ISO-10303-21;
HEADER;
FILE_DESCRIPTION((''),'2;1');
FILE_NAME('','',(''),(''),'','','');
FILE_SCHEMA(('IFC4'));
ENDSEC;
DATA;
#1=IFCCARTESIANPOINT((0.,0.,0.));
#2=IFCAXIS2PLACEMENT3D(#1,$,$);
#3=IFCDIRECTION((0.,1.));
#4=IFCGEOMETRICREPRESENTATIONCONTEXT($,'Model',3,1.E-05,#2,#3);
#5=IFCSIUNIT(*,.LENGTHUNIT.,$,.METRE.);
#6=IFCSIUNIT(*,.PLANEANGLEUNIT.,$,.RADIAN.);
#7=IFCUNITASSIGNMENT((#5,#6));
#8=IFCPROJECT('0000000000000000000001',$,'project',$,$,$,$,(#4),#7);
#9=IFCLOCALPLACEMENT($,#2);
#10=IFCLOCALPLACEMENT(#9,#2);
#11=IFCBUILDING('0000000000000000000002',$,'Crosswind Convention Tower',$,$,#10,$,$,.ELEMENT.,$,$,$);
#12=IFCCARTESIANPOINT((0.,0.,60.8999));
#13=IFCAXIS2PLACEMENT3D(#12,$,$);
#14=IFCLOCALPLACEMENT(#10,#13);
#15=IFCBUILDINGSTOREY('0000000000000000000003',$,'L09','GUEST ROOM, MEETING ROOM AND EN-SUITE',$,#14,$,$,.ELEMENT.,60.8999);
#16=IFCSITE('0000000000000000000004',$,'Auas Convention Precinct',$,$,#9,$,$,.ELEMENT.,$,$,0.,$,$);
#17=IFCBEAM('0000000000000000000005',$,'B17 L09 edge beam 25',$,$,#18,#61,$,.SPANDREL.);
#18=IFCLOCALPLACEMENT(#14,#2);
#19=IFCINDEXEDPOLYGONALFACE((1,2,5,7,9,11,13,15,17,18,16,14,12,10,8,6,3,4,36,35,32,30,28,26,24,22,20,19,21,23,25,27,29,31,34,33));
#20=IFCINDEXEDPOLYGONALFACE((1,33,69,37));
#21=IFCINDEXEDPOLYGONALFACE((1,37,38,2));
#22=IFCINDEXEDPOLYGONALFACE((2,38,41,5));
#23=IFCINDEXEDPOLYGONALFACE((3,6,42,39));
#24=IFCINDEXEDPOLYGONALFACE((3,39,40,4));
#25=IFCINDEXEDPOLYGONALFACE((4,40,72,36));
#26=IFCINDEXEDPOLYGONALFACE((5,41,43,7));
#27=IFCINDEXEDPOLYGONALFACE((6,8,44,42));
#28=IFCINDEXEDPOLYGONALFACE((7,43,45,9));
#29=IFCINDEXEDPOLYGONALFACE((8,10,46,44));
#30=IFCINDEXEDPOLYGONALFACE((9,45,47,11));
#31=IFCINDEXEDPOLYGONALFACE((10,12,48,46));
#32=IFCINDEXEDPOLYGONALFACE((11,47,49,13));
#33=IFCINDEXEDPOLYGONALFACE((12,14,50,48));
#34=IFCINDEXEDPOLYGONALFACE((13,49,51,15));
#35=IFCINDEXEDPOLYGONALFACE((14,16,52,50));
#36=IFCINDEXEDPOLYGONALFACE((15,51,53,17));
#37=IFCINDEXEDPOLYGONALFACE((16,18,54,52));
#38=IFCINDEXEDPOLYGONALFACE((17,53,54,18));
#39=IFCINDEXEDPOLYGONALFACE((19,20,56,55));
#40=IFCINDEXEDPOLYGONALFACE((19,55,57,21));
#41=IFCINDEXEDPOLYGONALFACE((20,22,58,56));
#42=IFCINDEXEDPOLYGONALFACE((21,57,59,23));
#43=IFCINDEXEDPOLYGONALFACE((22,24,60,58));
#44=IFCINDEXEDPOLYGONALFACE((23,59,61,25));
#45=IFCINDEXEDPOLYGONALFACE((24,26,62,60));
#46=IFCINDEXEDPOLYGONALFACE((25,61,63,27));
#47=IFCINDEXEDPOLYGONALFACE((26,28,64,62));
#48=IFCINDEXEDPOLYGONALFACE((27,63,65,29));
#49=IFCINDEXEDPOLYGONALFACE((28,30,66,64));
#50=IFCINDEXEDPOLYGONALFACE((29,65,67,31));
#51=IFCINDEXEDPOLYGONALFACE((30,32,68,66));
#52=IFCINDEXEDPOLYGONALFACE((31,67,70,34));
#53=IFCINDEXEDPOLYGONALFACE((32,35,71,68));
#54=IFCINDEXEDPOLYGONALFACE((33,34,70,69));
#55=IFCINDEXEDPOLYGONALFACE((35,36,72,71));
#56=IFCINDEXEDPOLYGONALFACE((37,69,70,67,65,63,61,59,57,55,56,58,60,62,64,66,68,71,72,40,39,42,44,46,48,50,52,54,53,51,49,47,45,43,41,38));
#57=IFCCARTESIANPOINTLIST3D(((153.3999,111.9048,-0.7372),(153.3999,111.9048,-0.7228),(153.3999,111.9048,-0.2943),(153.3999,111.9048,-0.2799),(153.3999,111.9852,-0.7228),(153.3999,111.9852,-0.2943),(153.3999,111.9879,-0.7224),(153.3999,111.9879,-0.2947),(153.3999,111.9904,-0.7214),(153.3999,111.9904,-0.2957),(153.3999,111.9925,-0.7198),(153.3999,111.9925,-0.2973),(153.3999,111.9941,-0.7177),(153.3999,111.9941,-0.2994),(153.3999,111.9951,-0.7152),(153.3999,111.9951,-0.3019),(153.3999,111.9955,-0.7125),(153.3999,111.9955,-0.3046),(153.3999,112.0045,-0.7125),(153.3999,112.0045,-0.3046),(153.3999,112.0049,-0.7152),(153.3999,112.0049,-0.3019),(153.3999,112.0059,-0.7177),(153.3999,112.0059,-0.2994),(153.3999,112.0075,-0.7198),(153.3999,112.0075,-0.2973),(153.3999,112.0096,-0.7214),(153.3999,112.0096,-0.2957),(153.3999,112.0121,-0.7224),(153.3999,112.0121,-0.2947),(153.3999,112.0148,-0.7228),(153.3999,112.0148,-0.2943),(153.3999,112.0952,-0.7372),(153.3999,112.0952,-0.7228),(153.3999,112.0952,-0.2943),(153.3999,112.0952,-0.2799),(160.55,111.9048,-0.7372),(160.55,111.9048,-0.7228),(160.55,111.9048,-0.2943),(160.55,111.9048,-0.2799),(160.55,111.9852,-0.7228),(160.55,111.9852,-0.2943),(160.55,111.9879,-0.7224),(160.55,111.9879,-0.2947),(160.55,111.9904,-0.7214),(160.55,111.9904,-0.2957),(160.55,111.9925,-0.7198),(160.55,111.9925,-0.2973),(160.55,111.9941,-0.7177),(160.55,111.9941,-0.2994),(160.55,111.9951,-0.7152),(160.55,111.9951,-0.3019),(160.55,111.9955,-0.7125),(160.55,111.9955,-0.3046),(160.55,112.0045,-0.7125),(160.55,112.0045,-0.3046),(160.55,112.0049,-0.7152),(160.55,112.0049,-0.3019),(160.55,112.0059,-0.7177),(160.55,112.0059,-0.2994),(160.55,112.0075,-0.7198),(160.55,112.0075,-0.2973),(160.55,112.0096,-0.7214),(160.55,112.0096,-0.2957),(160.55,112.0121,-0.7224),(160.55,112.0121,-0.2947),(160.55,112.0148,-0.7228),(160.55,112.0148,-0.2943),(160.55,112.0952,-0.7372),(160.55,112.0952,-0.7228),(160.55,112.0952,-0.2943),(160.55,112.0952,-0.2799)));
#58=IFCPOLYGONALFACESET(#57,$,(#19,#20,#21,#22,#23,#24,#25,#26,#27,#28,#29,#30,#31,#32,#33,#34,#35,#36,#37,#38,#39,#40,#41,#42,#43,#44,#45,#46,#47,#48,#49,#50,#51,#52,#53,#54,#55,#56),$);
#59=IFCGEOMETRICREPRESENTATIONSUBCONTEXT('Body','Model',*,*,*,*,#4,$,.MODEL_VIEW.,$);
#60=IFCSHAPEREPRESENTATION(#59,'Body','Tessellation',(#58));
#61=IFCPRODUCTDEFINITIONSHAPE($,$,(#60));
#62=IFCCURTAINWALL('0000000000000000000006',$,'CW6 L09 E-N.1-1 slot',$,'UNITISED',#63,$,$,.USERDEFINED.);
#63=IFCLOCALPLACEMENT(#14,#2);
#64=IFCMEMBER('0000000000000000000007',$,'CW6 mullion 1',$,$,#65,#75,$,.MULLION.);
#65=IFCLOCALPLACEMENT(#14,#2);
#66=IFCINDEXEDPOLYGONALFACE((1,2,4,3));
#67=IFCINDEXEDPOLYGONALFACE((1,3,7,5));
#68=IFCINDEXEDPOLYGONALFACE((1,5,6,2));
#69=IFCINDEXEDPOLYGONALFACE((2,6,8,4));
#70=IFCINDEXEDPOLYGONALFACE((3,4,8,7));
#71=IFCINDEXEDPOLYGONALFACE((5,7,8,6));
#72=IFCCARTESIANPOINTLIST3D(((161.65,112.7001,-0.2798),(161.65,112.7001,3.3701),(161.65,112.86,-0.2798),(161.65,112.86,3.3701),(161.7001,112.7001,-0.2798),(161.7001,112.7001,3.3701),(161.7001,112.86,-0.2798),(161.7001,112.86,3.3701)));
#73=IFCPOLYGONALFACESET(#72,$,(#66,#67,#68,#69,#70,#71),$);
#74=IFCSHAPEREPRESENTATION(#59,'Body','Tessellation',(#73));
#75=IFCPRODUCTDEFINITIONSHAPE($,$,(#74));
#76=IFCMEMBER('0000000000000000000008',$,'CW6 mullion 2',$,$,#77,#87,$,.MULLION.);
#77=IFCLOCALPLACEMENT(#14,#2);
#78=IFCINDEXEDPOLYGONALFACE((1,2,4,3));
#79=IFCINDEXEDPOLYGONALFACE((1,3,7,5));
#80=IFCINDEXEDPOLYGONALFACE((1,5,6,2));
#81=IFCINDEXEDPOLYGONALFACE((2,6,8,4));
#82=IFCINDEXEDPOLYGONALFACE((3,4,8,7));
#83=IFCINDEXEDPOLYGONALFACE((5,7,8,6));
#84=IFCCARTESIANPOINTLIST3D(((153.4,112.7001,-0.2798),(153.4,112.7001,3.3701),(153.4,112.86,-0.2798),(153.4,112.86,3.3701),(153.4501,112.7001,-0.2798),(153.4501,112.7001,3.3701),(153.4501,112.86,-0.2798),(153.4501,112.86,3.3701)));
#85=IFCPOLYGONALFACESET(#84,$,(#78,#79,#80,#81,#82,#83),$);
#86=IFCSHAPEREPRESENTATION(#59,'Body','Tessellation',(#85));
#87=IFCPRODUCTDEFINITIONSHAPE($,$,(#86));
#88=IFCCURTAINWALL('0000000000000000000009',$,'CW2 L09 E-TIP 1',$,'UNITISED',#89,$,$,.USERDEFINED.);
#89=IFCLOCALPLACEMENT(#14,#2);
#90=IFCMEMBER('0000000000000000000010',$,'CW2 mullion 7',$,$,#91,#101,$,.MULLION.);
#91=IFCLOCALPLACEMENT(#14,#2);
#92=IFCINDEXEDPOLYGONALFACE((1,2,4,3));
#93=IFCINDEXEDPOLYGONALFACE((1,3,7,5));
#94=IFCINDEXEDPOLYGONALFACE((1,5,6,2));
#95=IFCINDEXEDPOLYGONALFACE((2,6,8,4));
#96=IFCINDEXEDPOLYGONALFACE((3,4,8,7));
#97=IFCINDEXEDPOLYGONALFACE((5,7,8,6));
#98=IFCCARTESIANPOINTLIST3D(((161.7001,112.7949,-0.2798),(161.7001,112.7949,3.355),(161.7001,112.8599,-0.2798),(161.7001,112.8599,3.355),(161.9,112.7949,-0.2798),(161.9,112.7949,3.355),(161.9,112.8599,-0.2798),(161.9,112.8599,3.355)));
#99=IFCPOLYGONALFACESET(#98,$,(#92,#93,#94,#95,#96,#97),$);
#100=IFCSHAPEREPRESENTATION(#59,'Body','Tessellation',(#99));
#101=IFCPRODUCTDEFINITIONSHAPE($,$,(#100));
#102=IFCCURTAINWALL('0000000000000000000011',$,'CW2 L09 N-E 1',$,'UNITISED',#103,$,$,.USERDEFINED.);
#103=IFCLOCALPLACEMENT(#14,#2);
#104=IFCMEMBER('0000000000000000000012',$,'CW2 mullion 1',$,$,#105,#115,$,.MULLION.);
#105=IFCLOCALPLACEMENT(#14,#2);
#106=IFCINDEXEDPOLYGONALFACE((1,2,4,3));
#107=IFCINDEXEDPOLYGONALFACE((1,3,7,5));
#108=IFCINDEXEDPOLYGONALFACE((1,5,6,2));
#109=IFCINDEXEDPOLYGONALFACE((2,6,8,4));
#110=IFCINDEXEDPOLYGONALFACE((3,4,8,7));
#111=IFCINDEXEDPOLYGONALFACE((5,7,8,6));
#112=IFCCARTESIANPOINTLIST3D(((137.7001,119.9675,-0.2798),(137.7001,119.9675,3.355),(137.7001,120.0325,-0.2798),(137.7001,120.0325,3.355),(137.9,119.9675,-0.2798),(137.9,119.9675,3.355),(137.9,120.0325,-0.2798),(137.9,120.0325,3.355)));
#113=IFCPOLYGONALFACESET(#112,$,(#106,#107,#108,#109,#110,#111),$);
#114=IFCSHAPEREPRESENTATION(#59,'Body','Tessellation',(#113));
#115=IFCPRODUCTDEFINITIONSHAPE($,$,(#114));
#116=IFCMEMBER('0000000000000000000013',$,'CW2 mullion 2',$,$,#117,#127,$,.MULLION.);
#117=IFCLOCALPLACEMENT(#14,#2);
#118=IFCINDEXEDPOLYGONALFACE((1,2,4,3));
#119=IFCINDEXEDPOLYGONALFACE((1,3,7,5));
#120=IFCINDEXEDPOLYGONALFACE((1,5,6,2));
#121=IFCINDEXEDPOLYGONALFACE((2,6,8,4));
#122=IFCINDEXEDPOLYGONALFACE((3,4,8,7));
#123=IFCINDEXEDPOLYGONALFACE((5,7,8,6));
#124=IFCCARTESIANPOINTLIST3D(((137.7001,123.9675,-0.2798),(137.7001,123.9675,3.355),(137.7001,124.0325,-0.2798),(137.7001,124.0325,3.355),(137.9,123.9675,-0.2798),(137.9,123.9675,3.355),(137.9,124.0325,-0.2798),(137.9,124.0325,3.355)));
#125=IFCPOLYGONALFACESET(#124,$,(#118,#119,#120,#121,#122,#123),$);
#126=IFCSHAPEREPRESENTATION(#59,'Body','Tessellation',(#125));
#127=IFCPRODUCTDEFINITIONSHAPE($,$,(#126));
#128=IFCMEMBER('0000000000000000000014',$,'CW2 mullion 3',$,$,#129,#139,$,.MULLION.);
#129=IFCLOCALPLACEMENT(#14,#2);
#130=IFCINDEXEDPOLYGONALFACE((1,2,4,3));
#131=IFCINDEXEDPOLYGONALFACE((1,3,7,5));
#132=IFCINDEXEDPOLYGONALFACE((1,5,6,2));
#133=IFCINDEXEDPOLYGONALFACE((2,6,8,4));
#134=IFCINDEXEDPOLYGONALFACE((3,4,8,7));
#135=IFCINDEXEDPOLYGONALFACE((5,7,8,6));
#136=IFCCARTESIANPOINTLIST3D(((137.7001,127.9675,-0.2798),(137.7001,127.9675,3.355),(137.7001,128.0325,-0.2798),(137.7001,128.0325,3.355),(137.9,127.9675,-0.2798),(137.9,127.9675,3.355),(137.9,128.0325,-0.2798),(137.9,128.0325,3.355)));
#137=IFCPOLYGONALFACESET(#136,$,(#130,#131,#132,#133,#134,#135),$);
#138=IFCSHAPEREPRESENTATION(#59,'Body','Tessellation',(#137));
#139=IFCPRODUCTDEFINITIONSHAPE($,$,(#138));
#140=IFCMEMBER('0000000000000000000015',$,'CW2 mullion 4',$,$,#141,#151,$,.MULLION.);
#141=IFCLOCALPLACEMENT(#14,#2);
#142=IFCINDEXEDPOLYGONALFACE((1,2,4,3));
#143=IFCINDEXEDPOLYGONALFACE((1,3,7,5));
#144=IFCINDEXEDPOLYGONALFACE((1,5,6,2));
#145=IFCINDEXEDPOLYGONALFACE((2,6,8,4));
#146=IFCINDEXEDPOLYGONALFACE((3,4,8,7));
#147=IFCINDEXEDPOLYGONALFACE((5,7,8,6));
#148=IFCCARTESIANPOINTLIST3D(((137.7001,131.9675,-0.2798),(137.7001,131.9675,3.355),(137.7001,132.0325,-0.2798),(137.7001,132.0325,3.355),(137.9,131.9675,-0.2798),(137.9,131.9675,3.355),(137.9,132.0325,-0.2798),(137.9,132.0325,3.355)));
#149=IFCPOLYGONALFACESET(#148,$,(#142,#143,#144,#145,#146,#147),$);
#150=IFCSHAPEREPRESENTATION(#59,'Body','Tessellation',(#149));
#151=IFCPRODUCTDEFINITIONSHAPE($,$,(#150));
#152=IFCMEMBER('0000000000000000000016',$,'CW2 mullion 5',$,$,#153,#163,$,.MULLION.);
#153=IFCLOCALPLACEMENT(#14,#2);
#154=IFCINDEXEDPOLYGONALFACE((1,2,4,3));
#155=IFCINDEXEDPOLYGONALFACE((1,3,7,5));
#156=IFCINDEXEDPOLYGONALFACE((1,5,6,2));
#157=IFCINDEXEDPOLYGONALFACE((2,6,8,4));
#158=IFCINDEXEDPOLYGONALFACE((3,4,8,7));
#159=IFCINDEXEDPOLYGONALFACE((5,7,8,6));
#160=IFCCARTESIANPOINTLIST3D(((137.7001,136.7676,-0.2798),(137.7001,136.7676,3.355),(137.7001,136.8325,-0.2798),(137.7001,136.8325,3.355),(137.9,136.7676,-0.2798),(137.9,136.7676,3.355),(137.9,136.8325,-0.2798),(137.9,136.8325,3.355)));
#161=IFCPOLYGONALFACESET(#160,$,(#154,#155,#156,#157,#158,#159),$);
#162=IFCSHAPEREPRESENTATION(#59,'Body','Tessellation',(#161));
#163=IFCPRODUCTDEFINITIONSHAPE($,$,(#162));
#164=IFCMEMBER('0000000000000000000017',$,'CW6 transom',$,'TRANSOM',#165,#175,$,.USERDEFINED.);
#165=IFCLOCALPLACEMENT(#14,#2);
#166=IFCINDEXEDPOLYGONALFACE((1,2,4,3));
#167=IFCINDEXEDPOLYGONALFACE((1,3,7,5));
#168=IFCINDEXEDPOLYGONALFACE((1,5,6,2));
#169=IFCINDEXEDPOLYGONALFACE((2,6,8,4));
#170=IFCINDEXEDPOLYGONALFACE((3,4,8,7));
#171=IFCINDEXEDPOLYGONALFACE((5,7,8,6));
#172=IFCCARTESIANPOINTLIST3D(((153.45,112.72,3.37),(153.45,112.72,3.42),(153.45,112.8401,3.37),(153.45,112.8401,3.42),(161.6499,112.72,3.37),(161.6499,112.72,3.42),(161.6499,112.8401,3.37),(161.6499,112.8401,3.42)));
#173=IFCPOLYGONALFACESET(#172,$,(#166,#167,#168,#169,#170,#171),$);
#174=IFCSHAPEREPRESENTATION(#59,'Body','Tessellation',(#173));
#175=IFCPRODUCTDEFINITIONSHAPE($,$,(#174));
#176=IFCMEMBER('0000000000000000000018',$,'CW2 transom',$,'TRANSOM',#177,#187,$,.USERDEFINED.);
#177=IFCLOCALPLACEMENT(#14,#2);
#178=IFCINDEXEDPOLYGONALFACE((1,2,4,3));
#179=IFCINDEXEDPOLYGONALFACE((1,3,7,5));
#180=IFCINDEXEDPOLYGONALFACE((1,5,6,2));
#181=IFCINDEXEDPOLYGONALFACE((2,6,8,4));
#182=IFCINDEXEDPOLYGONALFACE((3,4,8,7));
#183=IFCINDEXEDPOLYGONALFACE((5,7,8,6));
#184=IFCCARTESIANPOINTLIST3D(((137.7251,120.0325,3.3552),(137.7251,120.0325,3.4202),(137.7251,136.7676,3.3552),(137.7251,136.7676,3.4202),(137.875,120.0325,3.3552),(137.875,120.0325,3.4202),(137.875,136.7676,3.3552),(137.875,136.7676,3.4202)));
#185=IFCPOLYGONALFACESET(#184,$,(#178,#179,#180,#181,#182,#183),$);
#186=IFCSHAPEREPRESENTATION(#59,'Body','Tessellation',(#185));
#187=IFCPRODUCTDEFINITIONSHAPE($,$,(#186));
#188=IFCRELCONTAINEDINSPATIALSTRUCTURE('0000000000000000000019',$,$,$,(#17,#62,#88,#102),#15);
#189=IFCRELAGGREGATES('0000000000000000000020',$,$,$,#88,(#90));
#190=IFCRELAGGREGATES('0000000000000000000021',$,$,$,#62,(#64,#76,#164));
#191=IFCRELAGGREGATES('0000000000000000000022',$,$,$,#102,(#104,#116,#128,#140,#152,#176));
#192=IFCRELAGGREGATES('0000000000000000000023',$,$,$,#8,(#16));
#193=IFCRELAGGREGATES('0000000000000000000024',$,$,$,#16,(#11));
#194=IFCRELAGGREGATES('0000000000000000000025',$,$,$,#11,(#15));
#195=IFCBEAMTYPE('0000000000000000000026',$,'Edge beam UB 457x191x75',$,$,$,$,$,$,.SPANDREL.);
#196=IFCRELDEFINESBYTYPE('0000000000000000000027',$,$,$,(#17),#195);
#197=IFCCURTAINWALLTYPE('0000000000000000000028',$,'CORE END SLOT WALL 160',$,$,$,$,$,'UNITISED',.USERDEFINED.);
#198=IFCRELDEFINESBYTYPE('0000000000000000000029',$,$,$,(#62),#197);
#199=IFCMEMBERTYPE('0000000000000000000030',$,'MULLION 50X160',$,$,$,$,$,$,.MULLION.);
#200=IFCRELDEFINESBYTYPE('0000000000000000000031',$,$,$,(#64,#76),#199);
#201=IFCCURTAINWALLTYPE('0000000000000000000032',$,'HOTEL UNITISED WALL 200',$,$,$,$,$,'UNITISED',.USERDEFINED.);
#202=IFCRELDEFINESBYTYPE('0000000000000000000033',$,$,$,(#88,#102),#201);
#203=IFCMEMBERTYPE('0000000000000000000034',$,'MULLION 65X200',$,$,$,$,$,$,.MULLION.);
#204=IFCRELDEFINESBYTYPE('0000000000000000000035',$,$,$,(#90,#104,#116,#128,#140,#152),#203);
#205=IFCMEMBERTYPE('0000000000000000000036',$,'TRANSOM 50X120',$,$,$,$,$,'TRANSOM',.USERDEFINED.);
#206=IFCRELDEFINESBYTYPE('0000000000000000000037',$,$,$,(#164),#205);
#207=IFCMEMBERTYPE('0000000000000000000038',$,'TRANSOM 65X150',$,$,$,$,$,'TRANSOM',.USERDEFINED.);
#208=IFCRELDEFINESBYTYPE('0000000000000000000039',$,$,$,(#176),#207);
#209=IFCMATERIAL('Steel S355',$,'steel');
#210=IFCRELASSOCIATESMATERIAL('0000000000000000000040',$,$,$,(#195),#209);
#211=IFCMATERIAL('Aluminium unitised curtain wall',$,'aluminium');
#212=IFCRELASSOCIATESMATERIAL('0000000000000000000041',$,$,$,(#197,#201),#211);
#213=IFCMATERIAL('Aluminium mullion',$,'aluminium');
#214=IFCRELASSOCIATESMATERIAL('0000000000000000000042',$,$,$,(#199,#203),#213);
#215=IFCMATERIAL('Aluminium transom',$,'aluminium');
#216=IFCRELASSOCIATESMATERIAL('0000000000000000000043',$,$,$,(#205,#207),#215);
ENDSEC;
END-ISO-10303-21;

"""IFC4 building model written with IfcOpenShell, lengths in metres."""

from ifc_helpers import new_model, si_unit, direction, frame, origin, origin_2d, place, context, subcontext, project, spatial, rectangle, i_section, extrude, material, material_profile, profile_set, type_object, element, aggregate, save


model = new_model("IFC4")

# Units and contexts
model_context = context("Model", 3, precision=1e-05, world=origin(), true_north=direction((0.0, 1.0)))
body_context = subcontext(model_context, "Body", "Model", "MODEL_VIEW")
ifc_project = project(units=[si_unit("LENGTHUNIT", "METRE"), si_unit("PLANEANGLEUNIT", "RADIAN")], contexts=[model_context])

# Site, building, storey
site_placement = place(None, origin())
site = spatial("IfcSite", under=ifc_project, at=site_placement, Name="Auas Convention Precinct", CompositionType="ELEMENT", RefElevation=0.0)
building_placement = place(site_placement, origin())
building = spatial("IfcBuilding", under=site, at=building_placement, Name="Crosswind Convention Tower", CompositionType="ELEMENT")
storey_placement = place(building_placement, frame((0.0, 0.0, 60.8999)))
storey = spatial("IfcBuildingStorey", under=building, at=storey_placement, Name="L09", Description="GUEST ROOM, MEETING ROOM AND EN-SUITE", CompositionType="ELEMENT", Elevation=60.8999)

# Beam
ifc_material_1 = material(Name="Steel S355", Category="steel")
ifc_material_profile_1 = material_profile(ifc_material_1, i_section(OverallWidth=0.1904, OverallDepth=0.4573, WebThickness=0.009, FlangeThickness=0.0144, FilletRadius=0.0103, at=origin_2d()), Name="UB 457x191x75")
ifc_profile_set_1 = profile_set([ifc_material_profile_1], Name="Steel S355")
beam_type_1 = type_object("IfcBeamType", Name="Edge beam UB 457x191x75", PredefinedType="SPANDREL", material=ifc_profile_set_1)
beam_1_placement = place(storey_placement, frame((153.3999, 112.0, -0.5085), z_axis=(1.0, 0.0, 0.0), x_axis=(0.0, 1.0, 0.0)))
element("IfcBeam", 1, at=beam_1_placement, inside=storey, type_object=beam_type_1, Name="B17 L09 edge beam 25", PredefinedType="SPANDREL", context=body_context, shape_type="SweptSolid", body=[
    extrude(i_section(OverallWidth=0.1904, OverallDepth=0.4573, WebThickness=0.009, FlangeThickness=0.0144, FilletRadius=0.0103, at=origin_2d()), origin(), (0.0, 0.0, 1.0), 7.1501),
])

# Curtain wall, members
ifc_material_2 = material(Name="Aluminium unitised curtain wall", Category="aluminium")
curtain_wall_type_1 = type_object("IfcCurtainWallType", Name="CORE END SLOT WALL 160", ElementType="UNITISED", PredefinedType="USERDEFINED", material=ifc_material_2)
curtain_wall_1_placement = place(storey_placement, origin())
curtain_wall_1 = element("IfcCurtainWall", 2, at=curtain_wall_1_placement, inside=storey, type_object=curtain_wall_type_1, Name="CW6 L09 E-N.1-1 slot", ObjectType="UNITISED", PredefinedType="USERDEFINED")
ifc_material_3 = material(Name="Aluminium mullion", Category="aluminium")
ifc_material_profile_2 = material_profile(ifc_material_3, rectangle(XDim=0.1599, YDim=0.05, at=origin_2d()), Name="AL 160X50")
ifc_profile_set_2 = profile_set([ifc_material_profile_2], Name="Aluminium mullion")
member_type_1 = type_object("IfcMemberType", Name="MULLION 50X160", PredefinedType="MULLION", material=ifc_profile_set_2)
member_1_placement = place(storey_placement, frame((161.675, 112.78, -0.2798), z_axis=(0.0, 0.0, 1.0), x_axis=(0.0, 1.0, 0.0)))
member_1 = element("IfcMember", 3, at=member_1_placement, type_object=member_type_1, Name="CW6 mullion 1", PredefinedType="MULLION", context=body_context, shape_type="SweptSolid", body=[
    extrude(rectangle(XDim=0.1599, YDim=0.05, at=origin_2d()), origin(), (0.0, 0.0, 1.0), 3.6499),
])
member_2_placement = place(storey_placement, frame((153.425, 112.78, -0.2798), z_axis=(0.0, 0.0, 1.0), x_axis=(0.0, 1.0, 0.0)))
member_2 = element("IfcMember", 4, at=member_2_placement, type_object=member_type_1, Name="CW6 mullion 2", PredefinedType="MULLION", context=body_context, shape_type="SweptSolid", body=[
    extrude(rectangle(XDim=0.1599, YDim=0.05, at=origin_2d()), origin(), (0.0, 0.0, 1.0), 3.6499),
])

# Curtain wall, member
curtain_wall_type_2 = type_object("IfcCurtainWallType", Name="HOTEL UNITISED WALL 200", ElementType="UNITISED", PredefinedType="USERDEFINED", material=ifc_material_2)
curtain_wall_2_placement = place(storey_placement, origin())
curtain_wall_2 = element("IfcCurtainWall", 5, at=curtain_wall_2_placement, inside=storey, type_object=curtain_wall_type_2, Name="CW2 L09 E-TIP 1", ObjectType="UNITISED", PredefinedType="USERDEFINED")
ifc_material_profile_3 = material_profile(ifc_material_3, rectangle(XDim=0.2, YDim=0.0649, at=origin_2d()), Name="AL 200X65")
ifc_profile_set_3 = profile_set([ifc_material_profile_3], Name="Aluminium mullion")
member_type_2 = type_object("IfcMemberType", Name="MULLION 65X200", PredefinedType="MULLION", material=ifc_profile_set_3)
member_3_placement = place(storey_placement, frame((161.8, 112.8274, -0.2798), z_axis=(0.0, 0.0, 1.0), x_axis=(1.0, 0.0, 0.0)))
member_3 = element("IfcMember", 6, at=member_3_placement, type_object=member_type_2, Name="CW2 mullion 7", PredefinedType="MULLION", context=body_context, shape_type="SweptSolid", body=[
    extrude(rectangle(XDim=0.2, YDim=0.0649, at=origin_2d()), origin(), (0.0, 0.0, 1.0), 3.6348),
])
aggregate(curtain_wall_2, [member_3])

# Curtain wall, members
curtain_wall_3_placement = place(storey_placement, origin())
curtain_wall_3 = element("IfcCurtainWall", 7, at=curtain_wall_3_placement, inside=storey, type_object=curtain_wall_type_2, Name="CW2 L09 N-E 1", ObjectType="UNITISED", PredefinedType="USERDEFINED")
member_4_placement = place(storey_placement, frame((137.8, 120.0, -0.2798), z_axis=(0.0, 0.0, 1.0), x_axis=(1.0, 0.0, 0.0)))
member_4 = element("IfcMember", 8, at=member_4_placement, type_object=member_type_2, Name="CW2 mullion 1", PredefinedType="MULLION", context=body_context, shape_type="SweptSolid", body=[
    extrude(rectangle(XDim=0.2, YDim=0.0649, at=origin_2d()), origin(), (0.0, 0.0, 1.0), 3.6348),
])
member_5_placement = place(storey_placement, frame((137.8, 124.0, -0.2798), z_axis=(0.0, 0.0, 1.0), x_axis=(1.0, 0.0, 0.0)))
member_5 = element("IfcMember", 9, at=member_5_placement, type_object=member_type_2, Name="CW2 mullion 2", PredefinedType="MULLION", context=body_context, shape_type="SweptSolid", body=[
    extrude(rectangle(XDim=0.2, YDim=0.0649, at=origin_2d()), origin(), (0.0, 0.0, 1.0), 3.6348),
])
member_6_placement = place(storey_placement, frame((137.8, 128.0, -0.2798), z_axis=(0.0, 0.0, 1.0), x_axis=(1.0, 0.0, 0.0)))
member_6 = element("IfcMember", 10, at=member_6_placement, type_object=member_type_2, Name="CW2 mullion 3", PredefinedType="MULLION", context=body_context, shape_type="SweptSolid", body=[
    extrude(rectangle(XDim=0.2, YDim=0.0649, at=origin_2d()), origin(), (0.0, 0.0, 1.0), 3.6348),
])
member_7_placement = place(storey_placement, frame((137.8, 132.0, -0.2798), z_axis=(0.0, 0.0, 1.0), x_axis=(1.0, 0.0, 0.0)))
member_7 = element("IfcMember", 11, at=member_7_placement, type_object=member_type_2, Name="CW2 mullion 4", PredefinedType="MULLION", context=body_context, shape_type="SweptSolid", body=[
    extrude(rectangle(XDim=0.2, YDim=0.0649, at=origin_2d()), origin(), (0.0, 0.0, 1.0), 3.6348),
])
member_8_placement = place(storey_placement, frame((137.8, 136.8, -0.2798), z_axis=(0.0, 0.0, 1.0), x_axis=(1.0, 0.0, 0.0)))
member_8 = element("IfcMember", 12, at=member_8_placement, type_object=member_type_2, Name="CW2 mullion 5", PredefinedType="MULLION", context=body_context, shape_type="SweptSolid", body=[
    extrude(rectangle(XDim=0.2, YDim=0.0649, at=origin_2d()), origin(), (0.0, 0.0, 1.0), 3.6348),
])

# Members
ifc_material_4 = material(Name="Aluminium transom", Category="aluminium")
ifc_material_profile_4 = material_profile(ifc_material_4, rectangle(XDim=0.1201, YDim=0.05, at=origin_2d()), Name="AL 120X50")
ifc_profile_set_4 = profile_set([ifc_material_profile_4], Name="Aluminium transom")
member_type_3 = type_object("IfcMemberType", Name="TRANSOM 50X120", ElementType="TRANSOM", PredefinedType="USERDEFINED", material=ifc_profile_set_4)
member_9_placement = place(storey_placement, frame((161.6499, 112.78, 3.395), z_axis=(-1.0, 0.0, 0.0), x_axis=(0.0, -1.0, 0.0)))
member_9 = element("IfcMember", 13, at=member_9_placement, type_object=member_type_3, Name="CW6 transom", ObjectType="TRANSOM", PredefinedType="USERDEFINED", context=body_context, shape_type="SweptSolid", body=[
    extrude(rectangle(XDim=0.1201, YDim=0.05, at=origin_2d()), origin(), (0.0, 0.0, 1.0), 8.2),
])
ifc_material_profile_5 = material_profile(ifc_material_4, rectangle(XDim=0.1499, YDim=0.0649, at=origin_2d()), Name="AL 150X65")
ifc_profile_set_5 = profile_set([ifc_material_profile_5], Name="Aluminium transom")
member_type_4 = type_object("IfcMemberType", Name="TRANSOM 65X150", ElementType="TRANSOM", PredefinedType="USERDEFINED", material=ifc_profile_set_5)
member_10_placement = place(storey_placement, frame((137.8, 120.0325, 3.3877), z_axis=(0.0, 1.0, 0.0), x_axis=(-1.0, 0.0, 0.0)))
member_10 = element("IfcMember", 14, at=member_10_placement, type_object=member_type_4, Name="CW2 transom", ObjectType="TRANSOM", PredefinedType="USERDEFINED", context=body_context, shape_type="SweptSolid", body=[
    extrude(rectangle(XDim=0.1499, YDim=0.0649, at=origin_2d()), origin(), (0.0, 0.0, 1.0), 16.7351),
])

aggregate(curtain_wall_1, [member_1, member_2, member_9])

aggregate(curtain_wall_3, [member_4, member_5, member_6, member_7, member_8, member_10])

save(model, "model.ifc")
